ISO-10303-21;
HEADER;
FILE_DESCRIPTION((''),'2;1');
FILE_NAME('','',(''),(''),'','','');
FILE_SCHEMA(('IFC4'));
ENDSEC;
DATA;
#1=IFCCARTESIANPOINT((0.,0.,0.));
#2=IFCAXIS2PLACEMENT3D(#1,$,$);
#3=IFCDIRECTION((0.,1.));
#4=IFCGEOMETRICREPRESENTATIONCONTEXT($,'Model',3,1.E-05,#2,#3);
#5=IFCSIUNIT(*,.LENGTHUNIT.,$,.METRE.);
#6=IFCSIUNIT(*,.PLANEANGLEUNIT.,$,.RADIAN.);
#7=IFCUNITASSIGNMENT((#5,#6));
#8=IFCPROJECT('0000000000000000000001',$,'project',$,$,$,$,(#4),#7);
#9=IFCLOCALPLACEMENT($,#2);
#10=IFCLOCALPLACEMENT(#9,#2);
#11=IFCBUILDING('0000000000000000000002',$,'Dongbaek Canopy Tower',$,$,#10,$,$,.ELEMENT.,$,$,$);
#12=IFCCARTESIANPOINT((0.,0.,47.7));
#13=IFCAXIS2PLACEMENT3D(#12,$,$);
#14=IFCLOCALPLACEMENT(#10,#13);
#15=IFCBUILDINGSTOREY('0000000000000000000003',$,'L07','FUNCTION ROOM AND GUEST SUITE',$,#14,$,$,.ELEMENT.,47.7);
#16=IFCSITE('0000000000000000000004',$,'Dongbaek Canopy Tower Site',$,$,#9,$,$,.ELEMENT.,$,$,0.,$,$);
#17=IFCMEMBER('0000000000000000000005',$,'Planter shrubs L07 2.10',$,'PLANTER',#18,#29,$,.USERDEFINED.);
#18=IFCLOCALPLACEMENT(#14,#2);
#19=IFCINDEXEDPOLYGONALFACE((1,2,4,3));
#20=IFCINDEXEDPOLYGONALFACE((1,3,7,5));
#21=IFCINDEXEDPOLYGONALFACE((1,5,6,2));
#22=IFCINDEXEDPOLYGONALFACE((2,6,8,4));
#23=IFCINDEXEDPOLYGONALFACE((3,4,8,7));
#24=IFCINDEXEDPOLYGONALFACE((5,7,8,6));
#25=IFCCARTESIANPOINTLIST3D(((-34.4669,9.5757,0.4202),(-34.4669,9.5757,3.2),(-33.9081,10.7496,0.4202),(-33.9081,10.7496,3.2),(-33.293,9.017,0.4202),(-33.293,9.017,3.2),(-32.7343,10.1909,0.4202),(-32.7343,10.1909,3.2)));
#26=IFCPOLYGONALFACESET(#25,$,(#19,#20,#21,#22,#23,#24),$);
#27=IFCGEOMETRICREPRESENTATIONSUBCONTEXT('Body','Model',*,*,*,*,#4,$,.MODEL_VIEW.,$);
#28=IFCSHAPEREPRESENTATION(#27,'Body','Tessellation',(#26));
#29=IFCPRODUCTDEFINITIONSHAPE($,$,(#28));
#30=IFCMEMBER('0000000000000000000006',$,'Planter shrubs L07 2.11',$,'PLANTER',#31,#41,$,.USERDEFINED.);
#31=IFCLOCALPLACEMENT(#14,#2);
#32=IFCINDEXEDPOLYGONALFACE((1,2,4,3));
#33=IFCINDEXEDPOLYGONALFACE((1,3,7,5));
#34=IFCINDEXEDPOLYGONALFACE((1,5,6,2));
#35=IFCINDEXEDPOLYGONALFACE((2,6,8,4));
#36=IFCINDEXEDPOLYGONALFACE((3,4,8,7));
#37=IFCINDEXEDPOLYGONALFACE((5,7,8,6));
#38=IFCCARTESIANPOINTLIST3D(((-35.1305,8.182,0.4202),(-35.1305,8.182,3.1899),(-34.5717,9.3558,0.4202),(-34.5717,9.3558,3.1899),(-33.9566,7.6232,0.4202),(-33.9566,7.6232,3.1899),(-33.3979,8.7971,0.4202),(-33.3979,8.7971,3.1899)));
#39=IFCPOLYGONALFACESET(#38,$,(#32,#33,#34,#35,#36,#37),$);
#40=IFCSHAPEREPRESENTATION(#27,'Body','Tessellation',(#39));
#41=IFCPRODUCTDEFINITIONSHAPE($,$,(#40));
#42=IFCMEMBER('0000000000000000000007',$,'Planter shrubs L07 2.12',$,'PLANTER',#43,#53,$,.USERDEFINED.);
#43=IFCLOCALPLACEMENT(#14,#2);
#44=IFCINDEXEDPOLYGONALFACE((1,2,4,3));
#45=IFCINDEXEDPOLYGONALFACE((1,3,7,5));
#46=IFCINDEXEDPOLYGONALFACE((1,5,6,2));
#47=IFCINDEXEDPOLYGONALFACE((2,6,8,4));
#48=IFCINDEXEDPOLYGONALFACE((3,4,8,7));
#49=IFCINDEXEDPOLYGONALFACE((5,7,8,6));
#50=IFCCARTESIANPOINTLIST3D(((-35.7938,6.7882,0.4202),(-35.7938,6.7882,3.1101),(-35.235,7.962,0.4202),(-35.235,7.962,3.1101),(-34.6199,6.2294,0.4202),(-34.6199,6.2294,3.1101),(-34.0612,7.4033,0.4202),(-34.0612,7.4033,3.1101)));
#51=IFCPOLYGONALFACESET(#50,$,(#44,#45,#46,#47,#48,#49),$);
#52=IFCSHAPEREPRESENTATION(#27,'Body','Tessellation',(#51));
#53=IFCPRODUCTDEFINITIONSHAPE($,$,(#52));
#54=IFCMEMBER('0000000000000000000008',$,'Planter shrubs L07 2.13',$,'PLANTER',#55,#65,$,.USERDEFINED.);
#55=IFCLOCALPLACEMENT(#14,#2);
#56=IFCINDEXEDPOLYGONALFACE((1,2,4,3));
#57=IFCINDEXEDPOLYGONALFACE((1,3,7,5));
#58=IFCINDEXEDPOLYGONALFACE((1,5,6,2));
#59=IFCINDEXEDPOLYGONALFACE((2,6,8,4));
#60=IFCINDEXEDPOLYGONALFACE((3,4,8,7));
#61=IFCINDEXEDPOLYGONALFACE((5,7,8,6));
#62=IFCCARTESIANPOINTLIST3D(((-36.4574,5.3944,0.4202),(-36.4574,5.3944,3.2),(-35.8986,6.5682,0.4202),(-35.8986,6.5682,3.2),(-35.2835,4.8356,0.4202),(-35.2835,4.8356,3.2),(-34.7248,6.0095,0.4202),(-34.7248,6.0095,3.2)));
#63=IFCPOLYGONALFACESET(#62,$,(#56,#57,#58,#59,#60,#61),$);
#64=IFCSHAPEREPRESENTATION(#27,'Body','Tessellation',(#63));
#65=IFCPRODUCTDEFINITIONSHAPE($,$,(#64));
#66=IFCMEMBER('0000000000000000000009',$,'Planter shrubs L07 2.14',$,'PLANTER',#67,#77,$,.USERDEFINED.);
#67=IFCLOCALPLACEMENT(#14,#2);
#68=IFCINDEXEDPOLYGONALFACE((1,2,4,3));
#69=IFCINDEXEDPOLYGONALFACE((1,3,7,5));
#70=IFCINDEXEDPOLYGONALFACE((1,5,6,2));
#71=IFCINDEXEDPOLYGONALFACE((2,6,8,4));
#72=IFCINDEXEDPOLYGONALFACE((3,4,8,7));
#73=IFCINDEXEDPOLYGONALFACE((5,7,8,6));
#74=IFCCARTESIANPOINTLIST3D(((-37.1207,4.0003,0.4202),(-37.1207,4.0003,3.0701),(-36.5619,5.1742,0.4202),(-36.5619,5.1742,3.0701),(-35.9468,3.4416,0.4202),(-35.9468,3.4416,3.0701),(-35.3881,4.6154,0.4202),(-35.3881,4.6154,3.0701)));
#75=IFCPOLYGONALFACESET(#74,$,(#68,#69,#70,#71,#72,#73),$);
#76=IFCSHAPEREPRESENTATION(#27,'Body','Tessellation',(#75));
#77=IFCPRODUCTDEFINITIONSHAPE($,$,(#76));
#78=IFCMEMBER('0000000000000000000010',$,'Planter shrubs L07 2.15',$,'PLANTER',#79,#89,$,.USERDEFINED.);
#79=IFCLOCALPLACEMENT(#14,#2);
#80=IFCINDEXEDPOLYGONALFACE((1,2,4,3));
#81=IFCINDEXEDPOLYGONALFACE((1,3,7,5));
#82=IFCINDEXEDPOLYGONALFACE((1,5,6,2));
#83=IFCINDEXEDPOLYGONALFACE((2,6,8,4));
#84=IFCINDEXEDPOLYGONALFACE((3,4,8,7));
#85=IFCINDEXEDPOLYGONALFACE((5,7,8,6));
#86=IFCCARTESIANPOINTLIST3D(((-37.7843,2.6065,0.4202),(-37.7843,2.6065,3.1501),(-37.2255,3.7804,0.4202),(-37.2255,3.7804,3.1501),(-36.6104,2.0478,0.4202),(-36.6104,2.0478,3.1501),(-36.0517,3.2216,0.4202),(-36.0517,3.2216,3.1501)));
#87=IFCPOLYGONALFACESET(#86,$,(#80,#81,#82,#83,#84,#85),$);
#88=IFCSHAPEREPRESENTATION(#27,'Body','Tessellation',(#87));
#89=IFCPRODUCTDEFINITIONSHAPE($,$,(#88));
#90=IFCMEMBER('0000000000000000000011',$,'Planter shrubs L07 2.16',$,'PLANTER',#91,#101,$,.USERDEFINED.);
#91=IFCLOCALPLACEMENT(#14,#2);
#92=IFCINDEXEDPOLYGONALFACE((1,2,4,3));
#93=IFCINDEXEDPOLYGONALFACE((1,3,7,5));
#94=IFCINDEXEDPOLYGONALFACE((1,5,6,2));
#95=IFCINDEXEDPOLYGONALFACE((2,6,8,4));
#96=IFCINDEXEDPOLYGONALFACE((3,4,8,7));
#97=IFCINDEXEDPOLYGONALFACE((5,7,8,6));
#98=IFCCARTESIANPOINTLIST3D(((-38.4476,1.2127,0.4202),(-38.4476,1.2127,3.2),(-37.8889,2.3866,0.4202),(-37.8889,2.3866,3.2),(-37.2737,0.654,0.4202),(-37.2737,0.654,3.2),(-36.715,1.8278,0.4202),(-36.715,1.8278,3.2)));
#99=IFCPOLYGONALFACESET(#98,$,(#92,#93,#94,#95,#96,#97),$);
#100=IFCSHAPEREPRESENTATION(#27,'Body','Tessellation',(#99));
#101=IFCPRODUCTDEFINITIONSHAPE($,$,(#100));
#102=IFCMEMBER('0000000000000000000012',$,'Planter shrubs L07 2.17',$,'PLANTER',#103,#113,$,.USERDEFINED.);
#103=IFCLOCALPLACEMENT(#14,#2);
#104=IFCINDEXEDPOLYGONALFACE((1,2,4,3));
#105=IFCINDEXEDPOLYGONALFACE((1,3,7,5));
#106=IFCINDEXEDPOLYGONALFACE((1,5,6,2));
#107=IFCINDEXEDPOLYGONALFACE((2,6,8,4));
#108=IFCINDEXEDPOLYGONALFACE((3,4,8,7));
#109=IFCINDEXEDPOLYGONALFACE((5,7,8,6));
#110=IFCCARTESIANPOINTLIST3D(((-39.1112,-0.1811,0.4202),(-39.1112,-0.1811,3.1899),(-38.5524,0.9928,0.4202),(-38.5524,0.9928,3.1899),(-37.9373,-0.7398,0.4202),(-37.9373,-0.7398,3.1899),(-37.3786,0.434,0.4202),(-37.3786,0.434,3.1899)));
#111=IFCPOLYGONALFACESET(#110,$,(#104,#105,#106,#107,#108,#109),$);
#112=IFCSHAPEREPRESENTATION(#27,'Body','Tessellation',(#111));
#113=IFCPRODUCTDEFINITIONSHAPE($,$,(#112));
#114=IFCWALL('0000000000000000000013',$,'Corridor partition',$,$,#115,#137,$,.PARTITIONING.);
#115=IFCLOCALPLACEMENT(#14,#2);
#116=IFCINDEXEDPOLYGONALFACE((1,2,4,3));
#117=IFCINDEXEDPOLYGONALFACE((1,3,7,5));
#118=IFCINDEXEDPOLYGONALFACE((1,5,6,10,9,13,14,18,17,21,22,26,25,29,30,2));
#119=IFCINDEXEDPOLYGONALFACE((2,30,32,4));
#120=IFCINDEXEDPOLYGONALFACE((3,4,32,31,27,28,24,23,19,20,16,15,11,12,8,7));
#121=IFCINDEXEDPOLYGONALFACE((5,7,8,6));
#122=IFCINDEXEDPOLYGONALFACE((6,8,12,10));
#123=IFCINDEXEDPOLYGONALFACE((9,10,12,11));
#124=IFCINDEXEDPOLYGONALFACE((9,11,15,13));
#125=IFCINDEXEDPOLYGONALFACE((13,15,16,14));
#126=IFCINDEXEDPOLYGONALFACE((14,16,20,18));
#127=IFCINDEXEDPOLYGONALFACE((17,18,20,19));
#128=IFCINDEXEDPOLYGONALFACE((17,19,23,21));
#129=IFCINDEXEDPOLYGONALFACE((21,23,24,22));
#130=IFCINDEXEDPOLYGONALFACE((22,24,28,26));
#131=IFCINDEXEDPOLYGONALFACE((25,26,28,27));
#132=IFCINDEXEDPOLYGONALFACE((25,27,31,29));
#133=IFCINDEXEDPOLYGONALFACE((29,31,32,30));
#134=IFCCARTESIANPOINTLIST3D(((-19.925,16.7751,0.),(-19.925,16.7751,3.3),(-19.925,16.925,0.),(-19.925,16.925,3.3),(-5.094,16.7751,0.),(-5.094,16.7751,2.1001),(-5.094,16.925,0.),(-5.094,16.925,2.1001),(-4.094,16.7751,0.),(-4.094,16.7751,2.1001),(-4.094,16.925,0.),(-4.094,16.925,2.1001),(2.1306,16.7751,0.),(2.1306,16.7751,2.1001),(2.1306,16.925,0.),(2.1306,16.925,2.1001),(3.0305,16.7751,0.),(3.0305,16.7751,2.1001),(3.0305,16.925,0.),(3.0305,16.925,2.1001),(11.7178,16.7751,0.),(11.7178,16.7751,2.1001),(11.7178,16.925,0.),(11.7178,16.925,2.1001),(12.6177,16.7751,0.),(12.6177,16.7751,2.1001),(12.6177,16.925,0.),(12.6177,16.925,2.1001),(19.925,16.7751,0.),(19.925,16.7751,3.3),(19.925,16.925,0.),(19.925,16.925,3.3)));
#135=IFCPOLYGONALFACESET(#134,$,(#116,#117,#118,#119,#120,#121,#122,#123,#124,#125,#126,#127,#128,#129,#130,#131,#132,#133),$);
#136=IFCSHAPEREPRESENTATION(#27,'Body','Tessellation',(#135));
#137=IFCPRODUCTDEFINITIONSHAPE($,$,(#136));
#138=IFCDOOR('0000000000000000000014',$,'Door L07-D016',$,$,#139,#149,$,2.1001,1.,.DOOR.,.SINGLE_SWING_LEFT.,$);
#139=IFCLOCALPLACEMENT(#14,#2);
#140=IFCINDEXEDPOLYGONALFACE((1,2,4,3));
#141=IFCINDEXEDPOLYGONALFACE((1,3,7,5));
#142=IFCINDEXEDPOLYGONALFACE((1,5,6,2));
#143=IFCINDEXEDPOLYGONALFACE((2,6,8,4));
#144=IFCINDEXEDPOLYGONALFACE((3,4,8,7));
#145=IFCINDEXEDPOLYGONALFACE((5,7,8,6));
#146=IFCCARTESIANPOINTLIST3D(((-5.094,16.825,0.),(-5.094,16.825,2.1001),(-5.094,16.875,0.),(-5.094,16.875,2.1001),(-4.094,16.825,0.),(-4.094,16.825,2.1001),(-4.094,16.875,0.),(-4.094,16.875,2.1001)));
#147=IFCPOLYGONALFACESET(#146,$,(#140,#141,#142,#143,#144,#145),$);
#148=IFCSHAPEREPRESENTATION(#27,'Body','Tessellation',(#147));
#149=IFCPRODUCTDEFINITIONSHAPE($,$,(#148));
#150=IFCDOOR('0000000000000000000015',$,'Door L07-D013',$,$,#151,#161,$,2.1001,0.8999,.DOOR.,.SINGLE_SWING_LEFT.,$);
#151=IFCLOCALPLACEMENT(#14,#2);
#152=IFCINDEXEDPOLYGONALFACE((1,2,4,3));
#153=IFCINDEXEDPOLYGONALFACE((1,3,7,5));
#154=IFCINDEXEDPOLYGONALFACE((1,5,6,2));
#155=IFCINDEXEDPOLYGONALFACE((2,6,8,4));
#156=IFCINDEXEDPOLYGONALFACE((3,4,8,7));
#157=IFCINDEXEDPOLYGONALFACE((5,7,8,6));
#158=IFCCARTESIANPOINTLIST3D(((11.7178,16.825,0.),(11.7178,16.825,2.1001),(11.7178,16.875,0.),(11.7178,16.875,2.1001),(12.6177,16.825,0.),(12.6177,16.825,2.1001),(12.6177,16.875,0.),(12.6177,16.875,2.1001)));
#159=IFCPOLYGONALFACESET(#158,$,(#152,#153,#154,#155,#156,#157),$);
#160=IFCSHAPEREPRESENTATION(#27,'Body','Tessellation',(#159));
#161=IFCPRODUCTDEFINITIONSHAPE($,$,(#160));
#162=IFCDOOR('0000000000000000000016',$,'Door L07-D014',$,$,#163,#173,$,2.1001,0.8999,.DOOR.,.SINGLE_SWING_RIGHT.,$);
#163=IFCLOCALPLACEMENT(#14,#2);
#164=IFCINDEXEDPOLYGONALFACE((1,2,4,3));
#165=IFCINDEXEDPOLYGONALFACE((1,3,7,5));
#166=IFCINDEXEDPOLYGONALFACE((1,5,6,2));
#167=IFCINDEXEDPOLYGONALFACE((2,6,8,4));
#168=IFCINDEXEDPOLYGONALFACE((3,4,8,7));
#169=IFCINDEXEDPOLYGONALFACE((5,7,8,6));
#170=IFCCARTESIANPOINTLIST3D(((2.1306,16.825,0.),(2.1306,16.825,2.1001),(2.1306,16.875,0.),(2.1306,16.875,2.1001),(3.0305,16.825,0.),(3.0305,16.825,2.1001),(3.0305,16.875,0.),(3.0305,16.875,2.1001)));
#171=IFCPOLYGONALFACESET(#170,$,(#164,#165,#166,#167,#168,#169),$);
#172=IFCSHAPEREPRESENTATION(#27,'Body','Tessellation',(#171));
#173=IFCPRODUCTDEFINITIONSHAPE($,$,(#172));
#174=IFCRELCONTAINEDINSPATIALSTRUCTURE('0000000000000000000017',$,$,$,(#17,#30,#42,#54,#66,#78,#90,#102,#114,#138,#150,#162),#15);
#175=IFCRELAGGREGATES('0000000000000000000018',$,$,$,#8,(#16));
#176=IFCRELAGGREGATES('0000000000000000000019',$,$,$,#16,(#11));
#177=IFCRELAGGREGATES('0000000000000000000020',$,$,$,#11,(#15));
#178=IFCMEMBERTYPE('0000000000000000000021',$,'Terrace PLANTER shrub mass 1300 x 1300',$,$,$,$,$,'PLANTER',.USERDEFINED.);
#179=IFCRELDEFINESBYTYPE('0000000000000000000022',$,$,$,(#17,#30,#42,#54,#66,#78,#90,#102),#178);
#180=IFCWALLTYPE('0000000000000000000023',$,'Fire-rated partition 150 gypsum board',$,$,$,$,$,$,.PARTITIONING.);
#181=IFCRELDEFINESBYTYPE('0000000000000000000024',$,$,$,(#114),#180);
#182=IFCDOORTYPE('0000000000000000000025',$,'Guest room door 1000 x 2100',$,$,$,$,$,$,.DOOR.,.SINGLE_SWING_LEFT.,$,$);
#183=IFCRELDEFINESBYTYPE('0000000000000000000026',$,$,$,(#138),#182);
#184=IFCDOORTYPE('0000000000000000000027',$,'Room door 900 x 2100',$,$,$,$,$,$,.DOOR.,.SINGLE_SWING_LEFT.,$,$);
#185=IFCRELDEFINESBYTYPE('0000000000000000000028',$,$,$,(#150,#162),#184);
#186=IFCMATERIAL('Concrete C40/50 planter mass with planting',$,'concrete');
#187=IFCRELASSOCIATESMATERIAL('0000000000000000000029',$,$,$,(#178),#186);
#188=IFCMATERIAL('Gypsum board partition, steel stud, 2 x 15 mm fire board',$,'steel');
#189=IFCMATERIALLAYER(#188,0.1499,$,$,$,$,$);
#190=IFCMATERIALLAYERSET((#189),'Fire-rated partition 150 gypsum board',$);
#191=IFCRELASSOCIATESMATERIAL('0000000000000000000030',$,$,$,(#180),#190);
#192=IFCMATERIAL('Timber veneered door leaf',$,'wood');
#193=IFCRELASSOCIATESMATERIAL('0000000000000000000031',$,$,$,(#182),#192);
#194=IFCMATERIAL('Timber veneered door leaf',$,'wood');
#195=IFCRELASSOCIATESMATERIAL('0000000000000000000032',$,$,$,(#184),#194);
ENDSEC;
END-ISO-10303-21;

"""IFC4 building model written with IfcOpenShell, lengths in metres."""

from ifc_helpers import new_model, si_unit, direction, frame, frame_2d, origin, origin_2d, place, context, subcontext, project, spatial, rectangle, extrude, material, layer, layer_set, material_profile, profile_set, type_object, element, fill, save


model = new_model("IFC4")

# Units and contexts
model_context = context("Model", 3, precision=1e-05, world=origin(), true_north=direction((0.0, 1.0)))
body_context = subcontext(model_context, "Body", "Model", "MODEL_VIEW")
ifc_project = project(units=[si_unit("LENGTHUNIT", "METRE"), si_unit("PLANEANGLEUNIT", "RADIAN")], contexts=[model_context])

# Site, building, storey
site_placement = place(None, origin())
site = spatial("IfcSite", under=ifc_project, at=site_placement, Name="Dongbaek Canopy Tower Site", CompositionType="ELEMENT", RefElevation=0.0)
building_placement = place(site_placement, origin())
building = spatial("IfcBuilding", under=site, at=building_placement, Name="Dongbaek Canopy Tower", CompositionType="ELEMENT")
storey_placement = place(building_placement, frame((0.0, 0.0, 47.7)))
storey = spatial("IfcBuildingStorey", under=building, at=storey_placement, Name="L07", Description="FUNCTION ROOM AND GUEST SUITE", CompositionType="ELEMENT", Elevation=47.7)

# Members
ifc_material_1 = material(Name="Concrete C40/50 planter mass with planting", Category="concrete")
ifc_material_profile_1 = material_profile(ifc_material_1, rectangle(XDim=1.3, YDim=1.3, at=origin_2d()), Name="Terrace PLANTER shrub mass 1300 x 1300")
ifc_profile_set_1 = profile_set([ifc_material_profile_1], Name="Concrete C40/50 planter mass with planting")
member_type = type_object("IfcMemberType", Name="Terrace PLANTER shrub mass 1300 x 1300", ElementType="PLANTER", PredefinedType="USERDEFINED", material=ifc_profile_set_1)
member_1_placement = place(storey_placement, frame((-33.6006, 9.8833, 0.4202), z_axis=(0.0, 0.0, 1.0), x_axis=(-0.902929, 0.42979, 0.0)))
element("IfcMember", 1, at=member_1_placement, inside=storey, type_object=member_type, Name="Planter shrubs L07 2.10", ObjectType="PLANTER", PredefinedType="USERDEFINED", context=body_context, shape_type="SweptSolid", body=[
    extrude(rectangle(XDim=1.3, YDim=1.3, at=origin_2d()), origin(), (0.0, 0.0, 1.0), 2.7798),
])
member_2_placement = place(storey_placement, frame((-34.2642, 8.4895, 0.4202), z_axis=(0.0, 0.0, 1.0), x_axis=(-0.902929, 0.42979, 0.0)))
element("IfcMember", 2, at=member_2_placement, inside=storey, type_object=member_type, Name="Planter shrubs L07 2.11", ObjectType="PLANTER", PredefinedType="USERDEFINED", context=body_context, shape_type="SweptSolid", body=[
    extrude(rectangle(XDim=1.3, YDim=1.3, at=origin_2d()), origin(), (0.0, 0.0, 1.0), 2.7698),
])
member_3_placement = place(storey_placement, frame((-34.9275, 7.0957, 0.4202), z_axis=(0.0, 0.0, 1.0), x_axis=(-0.902929, 0.42979, 0.0)))
element("IfcMember", 3, at=member_3_placement, inside=storey, type_object=member_type, Name="Planter shrubs L07 2.12", ObjectType="PLANTER", PredefinedType="USERDEFINED", context=body_context, shape_type="SweptSolid", body=[
    extrude(rectangle(XDim=1.3, YDim=1.3, at=origin_2d()), origin(), (0.0, 0.0, 1.0), 2.6899),
])
member_4_placement = place(storey_placement, frame((-35.5911, 5.7019, 0.4202), z_axis=(0.0, 0.0, 1.0), x_axis=(-0.902929, 0.42979, 0.0)))
element("IfcMember", 4, at=member_4_placement, inside=storey, type_object=member_type, Name="Planter shrubs L07 2.13", ObjectType="PLANTER", PredefinedType="USERDEFINED", context=body_context, shape_type="SweptSolid", body=[
    extrude(rectangle(XDim=1.3, YDim=1.3, at=origin_2d()), origin(), (0.0, 0.0, 1.0), 2.7798),
])
member_5_placement = place(storey_placement, frame((-36.2544, 4.3079, 0.4202), z_axis=(0.0, 0.0, 1.0), x_axis=(-0.902929, 0.42979, 0.0)))
element("IfcMember", 5, at=member_5_placement, inside=storey, type_object=member_type, Name="Planter shrubs L07 2.14", ObjectType="PLANTER", PredefinedType="USERDEFINED", context=body_context, shape_type="SweptSolid", body=[
    extrude(rectangle(XDim=1.3, YDim=1.3, at=origin_2d()), origin(), (0.0, 0.0, 1.0), 2.6499),
])
member_6_placement = place(storey_placement, frame((-36.918, 2.9141, 0.4202), z_axis=(0.0, 0.0, 1.0), x_axis=(-0.902929, 0.42979, 0.0)))
element("IfcMember", 6, at=member_6_placement, inside=storey, type_object=member_type, Name="Planter shrubs L07 2.15", ObjectType="PLANTER", PredefinedType="USERDEFINED", context=body_context, shape_type="SweptSolid", body=[
    extrude(rectangle(XDim=1.3, YDim=1.3, at=origin_2d()), origin(), (0.0, 0.0, 1.0), 2.73),
])
member_7_placement = place(storey_placement, frame((-37.5813, 1.5203, 0.4202), z_axis=(0.0, 0.0, 1.0), x_axis=(-0.902929, 0.42979, 0.0)))
element("IfcMember", 7, at=member_7_placement, inside=storey, type_object=member_type, Name="Planter shrubs L07 2.16", ObjectType="PLANTER", PredefinedType="USERDEFINED", context=body_context, shape_type="SweptSolid", body=[
    extrude(rectangle(XDim=1.3, YDim=1.3, at=origin_2d()), origin(), (0.0, 0.0, 1.0), 2.7798),
])
member_8_placement = place(storey_placement, frame((-38.2449, 0.1265, 0.4202), z_axis=(0.0, 0.0, 1.0), x_axis=(-0.902929, 0.42979, 0.0)))
element("IfcMember", 8, at=member_8_placement, inside=storey, type_object=member_type, Name="Planter shrubs L07 2.17", ObjectType="PLANTER", PredefinedType="USERDEFINED", context=body_context, shape_type="SweptSolid", body=[
    extrude(rectangle(XDim=1.3, YDim=1.3, at=origin_2d()), origin(), (0.0, 0.0, 1.0), 2.7698),
])

# Wall, openings, doors
ifc_material_2 = material(Name="Gypsum board partition, steel stud, 2 x 15 mm fire board", Category="steel")
ifc_layer_1 = layer(ifc_material_2, 0.1499)
ifc_layer_set_1 = layer_set([ifc_layer_1], Name="Fire-rated partition 150 gypsum board")
wall_type_1 = type_object("IfcWallType", Name="Fire-rated partition 150 gypsum board", PredefinedType="PARTITIONING", material=ifc_layer_set_1)
wall_1_placement = place(storey_placement, frame((-19.925, 16.8501, 0.0), z_axis=(0.0, 0.0, 1.0), x_axis=(1.0, 0.0, 0.0)))
wall_1 = element("IfcWall", 9, at=wall_1_placement, inside=storey, type_object=wall_type_1, Name="Corridor partition", PredefinedType="PARTITIONING", context=body_context, shape_type="SweptSolid", body=[
    extrude(rectangle(XDim=39.8501, YDim=0.1499, at=frame_2d((19.925, 0.0))), origin(), (0.0, 0.0, 1.0), 3.3),
])
opening_1_placement = place(wall_1_placement, frame((31.6428, 0.0, 0.0)))
opening_1 = element("IfcOpeningElement", 10, at=opening_1_placement, cuts=wall_1, PredefinedType="OPENING", context=body_context, shape_type="SweptSolid", body=[
    extrude(rectangle(XDim=0.8999, YDim=2.1001, at=frame_2d((0.45, 1.05))), frame((0.0, 0.085, 0.0), z_axis=(0.0, -1.0, 0.0), x_axis=(1.0, 0.0, 0.0)), (0.0, 0.0, 1.0), 0.1699),
])
opening_2_placement = place(wall_1_placement, frame((22.0557, 0.0, 0.0)))
opening_2 = element("IfcOpeningElement", 11, at=opening_2_placement, cuts=wall_1, PredefinedType="OPENING", context=body_context, shape_type="SweptSolid", body=[
    extrude(rectangle(XDim=0.8999, YDim=2.1001, at=frame_2d((0.45, 1.05))), frame((0.0, 0.085, 0.0), z_axis=(0.0, -1.0, 0.0), x_axis=(1.0, 0.0, 0.0)), (0.0, 0.0, 1.0), 0.1699),
])
opening_3_placement = place(wall_1_placement, frame((14.8311, 0.0, 0.0)))
opening_3 = element("IfcOpeningElement", 12, at=opening_3_placement, cuts=wall_1, PredefinedType="OPENING", context=body_context, shape_type="SweptSolid", body=[
    extrude(rectangle(XDim=1.0, YDim=2.1001, at=frame_2d((0.5, 1.05))), frame((0.0, 0.085, 0.0), z_axis=(0.0, -1.0, 0.0), x_axis=(1.0, 0.0, 0.0)), (0.0, 0.0, 1.0), 0.1699),
])
ifc_material_3 = material(Name="Timber veneered door leaf", Category="wood")
door_type_1 = type_object("IfcDoorType", Name="Guest room door 1000 x 2100", OperationType="SINGLE_SWING_LEFT", PredefinedType="DOOR", material=ifc_material_3)
door_1_placement = place(opening_3_placement, origin())
door_1 = element("IfcDoor", 13, at=door_1_placement, inside=storey, type_object=door_type_1, Name="Door L07-D016", OperationType="SINGLE_SWING_LEFT", OverallHeight=2.1001, OverallWidth=1.0, PredefinedType="DOOR", context=body_context, shape_type="SweptSolid", body=[
    extrude(rectangle(XDim=1.0, YDim=2.1001, at=frame_2d((0.5, 1.05))), frame((0.0, 0.0249, 0.0), z_axis=(0.0, -1.0, 0.0), x_axis=(1.0, 0.0, 0.0)), (0.0, 0.0, 1.0), 0.05),
])
fill(opening_3, door_1)
ifc_material_4 = material(Name="Timber veneered door leaf", Category="wood")
door_type_2 = type_object("IfcDoorType", Name="Room door 900 x 2100", OperationType="SINGLE_SWING_LEFT", PredefinedType="DOOR", material=ifc_material_4)
door_2_placement = place(opening_1_placement, origin())
door_2 = element("IfcDoor", 14, at=door_2_placement, inside=storey, type_object=door_type_2, Name="Door L07-D013", OperationType="SINGLE_SWING_LEFT", OverallHeight=2.1001, OverallWidth=0.8999, PredefinedType="DOOR", context=body_context, shape_type="SweptSolid", body=[
    extrude(rectangle(XDim=0.8999, YDim=2.1001, at=frame_2d((0.45, 1.05))), frame((0.0, 0.0249, 0.0), z_axis=(0.0, -1.0, 0.0), x_axis=(1.0, 0.0, 0.0)), (0.0, 0.0, 1.0), 0.05),
])
fill(opening_1, door_2)
door_3_placement = place(opening_2_placement, origin())
door_3 = element("IfcDoor", 15, at=door_3_placement, inside=storey, type_object=door_type_2, Name="Door L07-D014", OperationType="SINGLE_SWING_RIGHT", OverallHeight=2.1001, OverallWidth=0.8999, PredefinedType="DOOR", context=body_context, shape_type="SweptSolid", body=[
    extrude(rectangle(XDim=0.8999, YDim=2.1001, at=frame_2d((0.45, 1.05))), frame((0.0, 0.0249, 0.0), z_axis=(0.0, -1.0, 0.0), x_axis=(1.0, 0.0, 0.0)), (0.0, 0.0, 1.0), 0.05),
])
fill(opening_2, door_3)

save(model, "model.ifc")
